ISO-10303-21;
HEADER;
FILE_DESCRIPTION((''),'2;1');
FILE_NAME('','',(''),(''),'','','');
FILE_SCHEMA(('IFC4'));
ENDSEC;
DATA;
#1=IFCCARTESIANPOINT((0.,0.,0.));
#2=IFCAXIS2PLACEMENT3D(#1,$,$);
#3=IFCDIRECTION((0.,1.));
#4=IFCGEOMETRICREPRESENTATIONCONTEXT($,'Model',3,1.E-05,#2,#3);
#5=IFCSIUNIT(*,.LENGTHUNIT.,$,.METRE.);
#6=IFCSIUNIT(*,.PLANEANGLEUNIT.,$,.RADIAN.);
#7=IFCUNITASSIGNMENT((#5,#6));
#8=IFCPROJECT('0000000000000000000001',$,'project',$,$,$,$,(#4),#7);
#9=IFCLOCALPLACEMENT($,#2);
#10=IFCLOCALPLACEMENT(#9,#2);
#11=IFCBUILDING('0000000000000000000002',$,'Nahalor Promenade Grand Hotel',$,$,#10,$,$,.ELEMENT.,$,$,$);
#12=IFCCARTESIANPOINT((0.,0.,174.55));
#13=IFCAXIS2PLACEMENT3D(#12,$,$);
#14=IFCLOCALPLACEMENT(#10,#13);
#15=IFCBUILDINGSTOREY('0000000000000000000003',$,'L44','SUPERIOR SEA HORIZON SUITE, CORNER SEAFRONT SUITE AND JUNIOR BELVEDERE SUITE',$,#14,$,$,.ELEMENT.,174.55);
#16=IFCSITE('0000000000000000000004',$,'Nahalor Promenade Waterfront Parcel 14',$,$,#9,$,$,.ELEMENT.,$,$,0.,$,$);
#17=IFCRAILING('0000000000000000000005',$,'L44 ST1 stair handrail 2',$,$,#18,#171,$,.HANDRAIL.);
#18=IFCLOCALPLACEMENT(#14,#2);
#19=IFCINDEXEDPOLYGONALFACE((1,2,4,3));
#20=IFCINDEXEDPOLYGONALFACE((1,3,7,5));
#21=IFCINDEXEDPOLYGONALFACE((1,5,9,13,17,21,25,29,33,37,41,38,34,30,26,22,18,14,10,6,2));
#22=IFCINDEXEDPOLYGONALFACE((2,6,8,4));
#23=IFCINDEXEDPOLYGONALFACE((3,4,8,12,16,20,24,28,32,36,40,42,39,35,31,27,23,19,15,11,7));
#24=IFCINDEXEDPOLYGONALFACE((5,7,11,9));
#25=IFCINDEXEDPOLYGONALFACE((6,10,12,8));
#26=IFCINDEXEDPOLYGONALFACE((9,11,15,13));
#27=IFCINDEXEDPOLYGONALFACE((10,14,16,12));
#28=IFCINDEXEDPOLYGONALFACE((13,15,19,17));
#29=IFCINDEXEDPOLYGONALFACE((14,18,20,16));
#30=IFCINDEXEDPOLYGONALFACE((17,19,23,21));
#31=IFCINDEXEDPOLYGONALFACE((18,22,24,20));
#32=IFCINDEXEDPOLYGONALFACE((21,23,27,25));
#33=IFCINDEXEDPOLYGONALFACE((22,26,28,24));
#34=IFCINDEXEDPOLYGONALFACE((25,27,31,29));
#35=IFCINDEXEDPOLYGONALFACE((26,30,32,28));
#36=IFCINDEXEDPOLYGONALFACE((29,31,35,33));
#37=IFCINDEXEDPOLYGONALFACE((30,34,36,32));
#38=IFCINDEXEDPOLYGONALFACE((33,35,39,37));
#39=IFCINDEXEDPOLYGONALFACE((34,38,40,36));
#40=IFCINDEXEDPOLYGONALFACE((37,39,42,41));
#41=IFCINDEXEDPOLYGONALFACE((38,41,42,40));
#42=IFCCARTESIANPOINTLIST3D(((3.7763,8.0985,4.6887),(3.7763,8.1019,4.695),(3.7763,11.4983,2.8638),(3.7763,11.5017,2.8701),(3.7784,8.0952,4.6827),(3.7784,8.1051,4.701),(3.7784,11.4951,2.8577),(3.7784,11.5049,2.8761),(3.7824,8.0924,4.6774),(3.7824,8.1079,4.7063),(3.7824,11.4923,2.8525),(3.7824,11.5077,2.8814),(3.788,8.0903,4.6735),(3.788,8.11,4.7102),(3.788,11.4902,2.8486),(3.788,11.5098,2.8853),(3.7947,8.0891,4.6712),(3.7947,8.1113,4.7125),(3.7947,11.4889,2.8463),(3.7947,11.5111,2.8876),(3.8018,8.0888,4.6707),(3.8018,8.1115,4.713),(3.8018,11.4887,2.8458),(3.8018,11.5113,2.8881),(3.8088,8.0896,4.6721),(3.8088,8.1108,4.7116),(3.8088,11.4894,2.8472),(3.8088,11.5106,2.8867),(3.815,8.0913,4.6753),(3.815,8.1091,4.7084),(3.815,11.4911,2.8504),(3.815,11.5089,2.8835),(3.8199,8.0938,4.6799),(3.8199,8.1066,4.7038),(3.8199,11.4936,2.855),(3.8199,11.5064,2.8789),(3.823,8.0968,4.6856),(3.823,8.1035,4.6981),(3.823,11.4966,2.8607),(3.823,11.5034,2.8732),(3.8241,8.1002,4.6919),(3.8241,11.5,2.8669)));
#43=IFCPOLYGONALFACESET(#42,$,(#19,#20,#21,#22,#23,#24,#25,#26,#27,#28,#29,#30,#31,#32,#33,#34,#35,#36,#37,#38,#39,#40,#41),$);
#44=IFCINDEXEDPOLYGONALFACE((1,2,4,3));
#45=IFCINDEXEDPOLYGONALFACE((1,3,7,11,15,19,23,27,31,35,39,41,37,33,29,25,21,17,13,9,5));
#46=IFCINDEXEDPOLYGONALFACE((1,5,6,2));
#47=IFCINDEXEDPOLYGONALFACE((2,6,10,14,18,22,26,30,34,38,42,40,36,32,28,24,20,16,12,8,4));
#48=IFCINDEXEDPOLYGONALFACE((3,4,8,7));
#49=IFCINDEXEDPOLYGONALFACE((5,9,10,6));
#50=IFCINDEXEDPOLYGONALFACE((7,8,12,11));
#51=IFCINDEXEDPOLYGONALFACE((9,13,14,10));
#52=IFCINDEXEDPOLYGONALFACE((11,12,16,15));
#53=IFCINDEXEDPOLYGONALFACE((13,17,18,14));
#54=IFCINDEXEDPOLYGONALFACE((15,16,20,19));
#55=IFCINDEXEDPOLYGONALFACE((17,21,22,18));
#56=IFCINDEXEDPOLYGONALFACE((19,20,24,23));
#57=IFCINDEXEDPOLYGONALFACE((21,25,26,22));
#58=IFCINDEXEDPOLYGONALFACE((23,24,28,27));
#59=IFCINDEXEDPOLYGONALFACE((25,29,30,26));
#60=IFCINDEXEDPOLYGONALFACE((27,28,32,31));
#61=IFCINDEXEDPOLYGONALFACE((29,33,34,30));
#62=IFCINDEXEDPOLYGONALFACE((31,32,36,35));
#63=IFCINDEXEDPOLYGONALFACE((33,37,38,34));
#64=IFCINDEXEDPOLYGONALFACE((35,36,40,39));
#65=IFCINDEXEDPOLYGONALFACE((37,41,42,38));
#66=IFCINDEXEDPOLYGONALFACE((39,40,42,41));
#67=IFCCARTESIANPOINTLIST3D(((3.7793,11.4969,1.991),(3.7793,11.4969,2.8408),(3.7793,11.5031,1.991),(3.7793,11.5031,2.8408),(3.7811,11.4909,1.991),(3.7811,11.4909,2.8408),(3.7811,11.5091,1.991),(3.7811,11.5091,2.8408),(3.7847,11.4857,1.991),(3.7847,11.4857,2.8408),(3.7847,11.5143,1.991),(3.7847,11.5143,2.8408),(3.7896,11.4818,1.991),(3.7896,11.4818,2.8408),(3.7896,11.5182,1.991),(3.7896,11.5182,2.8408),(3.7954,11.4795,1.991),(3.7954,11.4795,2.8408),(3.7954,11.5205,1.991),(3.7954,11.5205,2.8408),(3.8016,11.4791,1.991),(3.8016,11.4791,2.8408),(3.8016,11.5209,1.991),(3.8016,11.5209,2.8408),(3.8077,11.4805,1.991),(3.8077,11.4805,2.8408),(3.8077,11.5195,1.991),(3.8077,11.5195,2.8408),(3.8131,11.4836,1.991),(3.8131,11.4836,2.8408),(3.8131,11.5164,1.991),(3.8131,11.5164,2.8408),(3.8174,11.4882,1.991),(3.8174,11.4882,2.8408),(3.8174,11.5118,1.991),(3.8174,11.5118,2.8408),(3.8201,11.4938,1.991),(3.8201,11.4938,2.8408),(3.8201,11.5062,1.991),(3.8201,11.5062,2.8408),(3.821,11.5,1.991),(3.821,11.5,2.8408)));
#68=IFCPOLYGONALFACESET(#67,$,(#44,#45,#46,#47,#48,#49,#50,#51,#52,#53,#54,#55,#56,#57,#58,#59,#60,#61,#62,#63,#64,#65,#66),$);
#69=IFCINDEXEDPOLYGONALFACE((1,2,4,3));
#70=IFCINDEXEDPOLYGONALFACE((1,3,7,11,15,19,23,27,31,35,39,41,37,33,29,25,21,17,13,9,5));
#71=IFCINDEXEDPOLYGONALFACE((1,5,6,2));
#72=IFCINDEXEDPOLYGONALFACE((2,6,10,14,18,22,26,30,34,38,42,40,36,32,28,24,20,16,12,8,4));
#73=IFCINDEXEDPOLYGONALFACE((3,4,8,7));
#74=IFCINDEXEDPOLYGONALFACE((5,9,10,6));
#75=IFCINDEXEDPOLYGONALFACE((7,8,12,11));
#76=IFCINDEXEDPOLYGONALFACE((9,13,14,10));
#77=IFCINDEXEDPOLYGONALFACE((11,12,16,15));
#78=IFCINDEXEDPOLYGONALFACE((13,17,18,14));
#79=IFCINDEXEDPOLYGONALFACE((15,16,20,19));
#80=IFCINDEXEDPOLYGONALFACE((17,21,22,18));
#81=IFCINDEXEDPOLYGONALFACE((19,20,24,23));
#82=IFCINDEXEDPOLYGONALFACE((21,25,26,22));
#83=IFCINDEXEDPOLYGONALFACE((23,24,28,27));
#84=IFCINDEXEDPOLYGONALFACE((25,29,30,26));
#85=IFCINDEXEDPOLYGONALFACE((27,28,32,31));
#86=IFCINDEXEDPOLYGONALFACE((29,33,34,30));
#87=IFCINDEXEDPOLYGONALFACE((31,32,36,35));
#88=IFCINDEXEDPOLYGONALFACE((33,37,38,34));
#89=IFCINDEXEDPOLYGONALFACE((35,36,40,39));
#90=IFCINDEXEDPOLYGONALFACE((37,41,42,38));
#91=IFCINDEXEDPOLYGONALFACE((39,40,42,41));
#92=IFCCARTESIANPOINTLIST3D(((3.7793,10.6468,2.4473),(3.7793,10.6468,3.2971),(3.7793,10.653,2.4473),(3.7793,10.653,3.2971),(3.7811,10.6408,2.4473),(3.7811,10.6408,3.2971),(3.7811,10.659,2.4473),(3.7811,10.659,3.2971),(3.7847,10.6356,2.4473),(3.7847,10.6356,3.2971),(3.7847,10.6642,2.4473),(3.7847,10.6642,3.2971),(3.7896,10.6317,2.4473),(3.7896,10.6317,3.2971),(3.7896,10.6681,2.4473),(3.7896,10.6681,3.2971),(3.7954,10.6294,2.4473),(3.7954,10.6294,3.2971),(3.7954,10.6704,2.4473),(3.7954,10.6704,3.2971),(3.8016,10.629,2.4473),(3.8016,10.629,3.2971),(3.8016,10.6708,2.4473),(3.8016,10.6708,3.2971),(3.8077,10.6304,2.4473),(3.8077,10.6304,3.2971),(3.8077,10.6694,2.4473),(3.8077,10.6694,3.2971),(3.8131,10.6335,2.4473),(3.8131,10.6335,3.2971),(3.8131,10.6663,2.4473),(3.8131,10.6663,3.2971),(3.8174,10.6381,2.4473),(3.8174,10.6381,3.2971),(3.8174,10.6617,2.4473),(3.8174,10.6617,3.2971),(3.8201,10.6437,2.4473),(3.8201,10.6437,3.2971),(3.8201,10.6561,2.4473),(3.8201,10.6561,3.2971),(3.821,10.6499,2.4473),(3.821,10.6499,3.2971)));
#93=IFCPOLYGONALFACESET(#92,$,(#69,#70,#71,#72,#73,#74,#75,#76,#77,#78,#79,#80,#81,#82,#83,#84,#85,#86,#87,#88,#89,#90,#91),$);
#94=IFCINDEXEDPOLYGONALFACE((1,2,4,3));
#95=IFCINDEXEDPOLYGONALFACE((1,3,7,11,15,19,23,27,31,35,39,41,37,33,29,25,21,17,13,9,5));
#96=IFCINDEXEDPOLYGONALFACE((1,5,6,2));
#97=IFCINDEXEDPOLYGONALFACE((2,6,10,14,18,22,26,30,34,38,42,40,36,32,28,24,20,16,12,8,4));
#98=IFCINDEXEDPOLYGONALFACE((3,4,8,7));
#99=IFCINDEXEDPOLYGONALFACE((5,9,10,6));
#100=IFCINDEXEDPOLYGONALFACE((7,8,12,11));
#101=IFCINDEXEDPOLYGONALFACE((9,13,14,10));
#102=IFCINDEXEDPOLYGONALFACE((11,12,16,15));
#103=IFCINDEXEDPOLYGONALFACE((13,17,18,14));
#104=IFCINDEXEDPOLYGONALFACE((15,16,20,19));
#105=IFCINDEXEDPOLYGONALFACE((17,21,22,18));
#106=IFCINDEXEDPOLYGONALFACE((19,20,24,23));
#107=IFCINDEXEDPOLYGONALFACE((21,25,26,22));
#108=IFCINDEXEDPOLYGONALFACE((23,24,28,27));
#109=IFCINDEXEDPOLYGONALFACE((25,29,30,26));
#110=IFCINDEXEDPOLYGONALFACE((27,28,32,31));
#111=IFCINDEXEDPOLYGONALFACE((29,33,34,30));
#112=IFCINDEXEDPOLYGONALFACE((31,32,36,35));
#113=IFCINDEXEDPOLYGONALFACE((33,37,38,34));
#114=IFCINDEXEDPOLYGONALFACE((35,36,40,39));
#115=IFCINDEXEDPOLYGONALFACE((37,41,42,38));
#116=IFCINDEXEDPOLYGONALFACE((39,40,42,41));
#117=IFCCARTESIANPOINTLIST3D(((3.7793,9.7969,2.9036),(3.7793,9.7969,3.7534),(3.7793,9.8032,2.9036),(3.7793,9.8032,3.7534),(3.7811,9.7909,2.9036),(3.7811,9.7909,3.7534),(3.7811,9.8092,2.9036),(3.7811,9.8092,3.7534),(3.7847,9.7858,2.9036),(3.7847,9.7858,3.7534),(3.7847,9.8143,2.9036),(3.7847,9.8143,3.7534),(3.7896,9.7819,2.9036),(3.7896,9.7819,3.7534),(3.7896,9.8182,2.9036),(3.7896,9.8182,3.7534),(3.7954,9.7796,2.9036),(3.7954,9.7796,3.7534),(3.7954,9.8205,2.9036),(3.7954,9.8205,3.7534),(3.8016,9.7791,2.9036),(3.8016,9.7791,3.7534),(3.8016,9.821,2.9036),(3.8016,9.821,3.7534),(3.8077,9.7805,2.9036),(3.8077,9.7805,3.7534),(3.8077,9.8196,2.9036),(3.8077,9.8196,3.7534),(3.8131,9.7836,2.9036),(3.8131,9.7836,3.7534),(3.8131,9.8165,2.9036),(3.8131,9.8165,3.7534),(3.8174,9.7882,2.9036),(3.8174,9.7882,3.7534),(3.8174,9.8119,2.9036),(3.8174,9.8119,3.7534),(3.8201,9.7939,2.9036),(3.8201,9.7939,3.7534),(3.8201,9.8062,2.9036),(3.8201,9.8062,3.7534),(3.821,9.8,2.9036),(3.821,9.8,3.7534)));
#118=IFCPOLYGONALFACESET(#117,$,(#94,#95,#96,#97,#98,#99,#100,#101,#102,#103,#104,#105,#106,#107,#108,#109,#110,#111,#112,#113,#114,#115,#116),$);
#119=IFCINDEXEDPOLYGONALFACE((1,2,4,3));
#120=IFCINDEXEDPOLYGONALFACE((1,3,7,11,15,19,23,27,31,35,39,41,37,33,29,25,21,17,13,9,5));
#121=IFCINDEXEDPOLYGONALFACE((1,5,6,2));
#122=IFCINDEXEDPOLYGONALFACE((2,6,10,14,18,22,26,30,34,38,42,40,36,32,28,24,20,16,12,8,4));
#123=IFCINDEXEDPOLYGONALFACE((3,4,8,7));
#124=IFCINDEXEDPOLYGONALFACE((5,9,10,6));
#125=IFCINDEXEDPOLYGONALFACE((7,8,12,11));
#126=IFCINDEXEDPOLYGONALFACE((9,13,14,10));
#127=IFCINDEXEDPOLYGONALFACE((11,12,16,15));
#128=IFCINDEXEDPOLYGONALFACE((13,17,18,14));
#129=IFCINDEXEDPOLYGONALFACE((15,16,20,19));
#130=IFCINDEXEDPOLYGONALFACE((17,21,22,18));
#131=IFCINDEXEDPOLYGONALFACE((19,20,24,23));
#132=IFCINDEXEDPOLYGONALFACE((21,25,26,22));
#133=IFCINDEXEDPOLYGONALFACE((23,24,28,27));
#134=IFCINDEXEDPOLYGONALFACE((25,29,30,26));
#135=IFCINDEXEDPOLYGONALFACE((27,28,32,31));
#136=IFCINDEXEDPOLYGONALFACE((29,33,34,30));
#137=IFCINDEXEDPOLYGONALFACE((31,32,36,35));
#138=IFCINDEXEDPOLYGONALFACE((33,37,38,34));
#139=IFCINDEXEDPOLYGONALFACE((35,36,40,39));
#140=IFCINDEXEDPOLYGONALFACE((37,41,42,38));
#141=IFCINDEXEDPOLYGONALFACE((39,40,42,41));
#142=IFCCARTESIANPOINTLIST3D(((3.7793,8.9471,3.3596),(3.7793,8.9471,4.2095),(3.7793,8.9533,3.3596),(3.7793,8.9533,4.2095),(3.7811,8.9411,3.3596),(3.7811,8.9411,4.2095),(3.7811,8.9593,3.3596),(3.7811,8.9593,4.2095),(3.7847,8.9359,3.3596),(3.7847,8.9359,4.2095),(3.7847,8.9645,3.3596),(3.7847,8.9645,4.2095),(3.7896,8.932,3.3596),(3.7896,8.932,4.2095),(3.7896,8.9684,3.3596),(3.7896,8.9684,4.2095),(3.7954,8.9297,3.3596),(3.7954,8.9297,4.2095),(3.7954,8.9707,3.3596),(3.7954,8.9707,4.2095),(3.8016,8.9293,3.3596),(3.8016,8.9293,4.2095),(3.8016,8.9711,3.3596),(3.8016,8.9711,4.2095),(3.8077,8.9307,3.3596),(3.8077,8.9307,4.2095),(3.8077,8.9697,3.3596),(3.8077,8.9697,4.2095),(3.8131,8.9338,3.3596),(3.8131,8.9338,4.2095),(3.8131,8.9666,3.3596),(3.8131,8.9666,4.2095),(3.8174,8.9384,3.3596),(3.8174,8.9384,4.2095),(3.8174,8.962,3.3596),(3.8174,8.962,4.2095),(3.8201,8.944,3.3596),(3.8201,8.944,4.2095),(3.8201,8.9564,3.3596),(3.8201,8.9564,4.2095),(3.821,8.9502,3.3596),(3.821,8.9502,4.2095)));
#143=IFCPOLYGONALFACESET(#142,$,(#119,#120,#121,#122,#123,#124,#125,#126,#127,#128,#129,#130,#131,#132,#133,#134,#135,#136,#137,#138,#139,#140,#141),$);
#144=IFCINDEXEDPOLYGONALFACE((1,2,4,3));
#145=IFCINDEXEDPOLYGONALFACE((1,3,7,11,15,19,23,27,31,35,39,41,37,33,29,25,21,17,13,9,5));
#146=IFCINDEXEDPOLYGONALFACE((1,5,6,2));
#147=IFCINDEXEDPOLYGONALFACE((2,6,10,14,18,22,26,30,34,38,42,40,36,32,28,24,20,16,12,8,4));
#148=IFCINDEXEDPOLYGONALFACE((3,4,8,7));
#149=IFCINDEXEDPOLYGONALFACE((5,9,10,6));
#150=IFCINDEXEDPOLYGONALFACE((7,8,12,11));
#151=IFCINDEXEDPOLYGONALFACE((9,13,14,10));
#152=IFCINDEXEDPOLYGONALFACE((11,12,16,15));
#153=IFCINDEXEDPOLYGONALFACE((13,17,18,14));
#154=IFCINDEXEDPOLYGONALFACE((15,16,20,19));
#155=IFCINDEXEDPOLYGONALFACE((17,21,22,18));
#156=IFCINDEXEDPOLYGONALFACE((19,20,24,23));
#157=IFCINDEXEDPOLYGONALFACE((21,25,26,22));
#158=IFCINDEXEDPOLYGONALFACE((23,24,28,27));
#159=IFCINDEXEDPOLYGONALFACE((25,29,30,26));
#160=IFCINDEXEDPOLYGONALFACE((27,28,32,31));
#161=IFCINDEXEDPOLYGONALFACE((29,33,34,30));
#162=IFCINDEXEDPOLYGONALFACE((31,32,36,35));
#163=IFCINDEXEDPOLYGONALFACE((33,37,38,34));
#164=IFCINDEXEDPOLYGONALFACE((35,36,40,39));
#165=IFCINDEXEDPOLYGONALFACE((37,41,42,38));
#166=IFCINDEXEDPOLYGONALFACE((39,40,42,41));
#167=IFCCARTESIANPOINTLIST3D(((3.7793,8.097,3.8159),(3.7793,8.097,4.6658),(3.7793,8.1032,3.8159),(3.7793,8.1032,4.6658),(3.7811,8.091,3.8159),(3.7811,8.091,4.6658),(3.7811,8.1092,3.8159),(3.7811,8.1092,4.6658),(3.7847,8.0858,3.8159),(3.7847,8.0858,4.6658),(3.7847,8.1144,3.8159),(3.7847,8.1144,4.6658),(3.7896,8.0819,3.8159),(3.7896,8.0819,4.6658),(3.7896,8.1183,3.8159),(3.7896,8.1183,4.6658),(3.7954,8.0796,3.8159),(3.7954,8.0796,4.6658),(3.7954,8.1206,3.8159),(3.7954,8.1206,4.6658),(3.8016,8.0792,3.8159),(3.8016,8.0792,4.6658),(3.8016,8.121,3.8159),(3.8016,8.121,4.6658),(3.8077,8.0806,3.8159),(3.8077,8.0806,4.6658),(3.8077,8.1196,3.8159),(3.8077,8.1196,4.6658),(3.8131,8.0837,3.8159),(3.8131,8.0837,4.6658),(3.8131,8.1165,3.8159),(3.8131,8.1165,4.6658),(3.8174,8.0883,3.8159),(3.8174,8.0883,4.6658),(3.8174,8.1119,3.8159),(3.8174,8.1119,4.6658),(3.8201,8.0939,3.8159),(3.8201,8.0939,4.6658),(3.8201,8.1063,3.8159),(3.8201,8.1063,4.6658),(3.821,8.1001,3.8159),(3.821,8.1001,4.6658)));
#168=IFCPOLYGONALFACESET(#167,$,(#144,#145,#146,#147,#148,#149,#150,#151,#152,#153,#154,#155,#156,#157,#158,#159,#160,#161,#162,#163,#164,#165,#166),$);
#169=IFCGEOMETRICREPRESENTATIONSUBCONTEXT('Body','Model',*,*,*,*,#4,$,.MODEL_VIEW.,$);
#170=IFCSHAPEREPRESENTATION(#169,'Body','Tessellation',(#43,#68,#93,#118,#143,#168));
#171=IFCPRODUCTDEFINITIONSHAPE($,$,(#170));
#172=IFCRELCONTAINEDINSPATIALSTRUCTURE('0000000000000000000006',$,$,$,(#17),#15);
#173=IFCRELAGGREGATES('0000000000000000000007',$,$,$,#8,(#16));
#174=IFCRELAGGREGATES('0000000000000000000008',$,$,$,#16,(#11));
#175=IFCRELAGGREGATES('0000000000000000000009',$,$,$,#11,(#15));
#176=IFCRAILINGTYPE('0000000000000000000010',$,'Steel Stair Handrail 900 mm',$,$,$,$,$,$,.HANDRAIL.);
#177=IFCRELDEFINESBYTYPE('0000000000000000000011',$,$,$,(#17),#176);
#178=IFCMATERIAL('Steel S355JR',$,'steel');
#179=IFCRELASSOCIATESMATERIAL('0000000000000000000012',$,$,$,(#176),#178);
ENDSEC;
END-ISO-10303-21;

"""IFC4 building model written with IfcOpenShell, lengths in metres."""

from ifc_helpers import new_model, si_unit, direction, frame, origin, origin_2d, place, context, subcontext, project, spatial, circle, extrude, material, type_object, element, save


model = new_model("IFC4")

# Units and contexts
model_context = context("Model", 3, precision=1e-05, world=origin(), true_north=direction((0.0, 1.0)))
body_context = subcontext(model_context, "Body", "Model", "MODEL_VIEW")
ifc_project = project(units=[si_unit("LENGTHUNIT", "METRE"), si_unit("PLANEANGLEUNIT", "RADIAN")], contexts=[model_context])

# Site, building, storey
site_placement = place(None, origin())
site = spatial("IfcSite", under=ifc_project, at=site_placement, Name="Nahalor Promenade Waterfront Parcel 14", CompositionType="ELEMENT", RefElevation=0.0)
building_placement = place(site_placement, origin())
building = spatial("IfcBuilding", under=site, at=building_placement, Name="Nahalor Promenade Grand Hotel", CompositionType="ELEMENT")
storey_placement = place(building_placement, frame((0.0, 0.0, 174.55)))
storey = spatial("IfcBuildingStorey", under=building, at=storey_placement, Name="L44", Description="SUPERIOR SEA HORIZON SUITE, CORNER SEAFRONT SUITE AND JUNIOR BELVEDERE SUITE", CompositionType="ELEMENT", Elevation=174.55)

# Shared definitions
ifc_material_1 = material(Name="Steel S355JR", Category="steel")

# Railing
railing_type_1 = type_object("IfcRailingType", Name="Steel Stair Handrail 900 mm", PredefinedType="HANDRAIL", material=ifc_material_1)
railing_1_placement = place(storey_placement, frame((3.8, 11.5, 1.991)))
element("IfcRailing", 1, at=railing_1_placement, inside=storey, type_object=railing_type_1, Name="L44 ST1 stair handrail 2", PredefinedType="HANDRAIL", context=body_context, shape_type="SweptSolid", body=[
    extrude(circle(Radius=0.024, at=origin_2d()), frame((0.0, 0.0, 0.876), z_axis=(0.0, -0.881094, 0.472941), x_axis=(1.0, 0.0, 0.0)), (0.0, 0.0, 1.0), 3.8586),
    extrude(circle(Radius=0.021, at=origin_2d()), origin(), (0.0, 0.0, 1.0), 0.8499),
    extrude(circle(Radius=0.021, at=origin_2d()), frame((0.0, -0.8501, 0.4563)), (0.0, 0.0, 1.0), 0.8499),
    extrude(circle(Radius=0.021, at=origin_2d()), frame((0.0, -1.7, 0.9126)), (0.0, 0.0, 1.0), 0.8499),
    extrude(circle(Radius=0.021, at=origin_2d()), frame((0.0, -2.5498, 1.3687)), (0.0, 0.0, 1.0), 0.8499),
    extrude(circle(Radius=0.021, at=origin_2d()), frame((0.0, -3.3999, 1.825)), (0.0, 0.0, 1.0), 0.8499),
])

save(model, "model.ifc")
